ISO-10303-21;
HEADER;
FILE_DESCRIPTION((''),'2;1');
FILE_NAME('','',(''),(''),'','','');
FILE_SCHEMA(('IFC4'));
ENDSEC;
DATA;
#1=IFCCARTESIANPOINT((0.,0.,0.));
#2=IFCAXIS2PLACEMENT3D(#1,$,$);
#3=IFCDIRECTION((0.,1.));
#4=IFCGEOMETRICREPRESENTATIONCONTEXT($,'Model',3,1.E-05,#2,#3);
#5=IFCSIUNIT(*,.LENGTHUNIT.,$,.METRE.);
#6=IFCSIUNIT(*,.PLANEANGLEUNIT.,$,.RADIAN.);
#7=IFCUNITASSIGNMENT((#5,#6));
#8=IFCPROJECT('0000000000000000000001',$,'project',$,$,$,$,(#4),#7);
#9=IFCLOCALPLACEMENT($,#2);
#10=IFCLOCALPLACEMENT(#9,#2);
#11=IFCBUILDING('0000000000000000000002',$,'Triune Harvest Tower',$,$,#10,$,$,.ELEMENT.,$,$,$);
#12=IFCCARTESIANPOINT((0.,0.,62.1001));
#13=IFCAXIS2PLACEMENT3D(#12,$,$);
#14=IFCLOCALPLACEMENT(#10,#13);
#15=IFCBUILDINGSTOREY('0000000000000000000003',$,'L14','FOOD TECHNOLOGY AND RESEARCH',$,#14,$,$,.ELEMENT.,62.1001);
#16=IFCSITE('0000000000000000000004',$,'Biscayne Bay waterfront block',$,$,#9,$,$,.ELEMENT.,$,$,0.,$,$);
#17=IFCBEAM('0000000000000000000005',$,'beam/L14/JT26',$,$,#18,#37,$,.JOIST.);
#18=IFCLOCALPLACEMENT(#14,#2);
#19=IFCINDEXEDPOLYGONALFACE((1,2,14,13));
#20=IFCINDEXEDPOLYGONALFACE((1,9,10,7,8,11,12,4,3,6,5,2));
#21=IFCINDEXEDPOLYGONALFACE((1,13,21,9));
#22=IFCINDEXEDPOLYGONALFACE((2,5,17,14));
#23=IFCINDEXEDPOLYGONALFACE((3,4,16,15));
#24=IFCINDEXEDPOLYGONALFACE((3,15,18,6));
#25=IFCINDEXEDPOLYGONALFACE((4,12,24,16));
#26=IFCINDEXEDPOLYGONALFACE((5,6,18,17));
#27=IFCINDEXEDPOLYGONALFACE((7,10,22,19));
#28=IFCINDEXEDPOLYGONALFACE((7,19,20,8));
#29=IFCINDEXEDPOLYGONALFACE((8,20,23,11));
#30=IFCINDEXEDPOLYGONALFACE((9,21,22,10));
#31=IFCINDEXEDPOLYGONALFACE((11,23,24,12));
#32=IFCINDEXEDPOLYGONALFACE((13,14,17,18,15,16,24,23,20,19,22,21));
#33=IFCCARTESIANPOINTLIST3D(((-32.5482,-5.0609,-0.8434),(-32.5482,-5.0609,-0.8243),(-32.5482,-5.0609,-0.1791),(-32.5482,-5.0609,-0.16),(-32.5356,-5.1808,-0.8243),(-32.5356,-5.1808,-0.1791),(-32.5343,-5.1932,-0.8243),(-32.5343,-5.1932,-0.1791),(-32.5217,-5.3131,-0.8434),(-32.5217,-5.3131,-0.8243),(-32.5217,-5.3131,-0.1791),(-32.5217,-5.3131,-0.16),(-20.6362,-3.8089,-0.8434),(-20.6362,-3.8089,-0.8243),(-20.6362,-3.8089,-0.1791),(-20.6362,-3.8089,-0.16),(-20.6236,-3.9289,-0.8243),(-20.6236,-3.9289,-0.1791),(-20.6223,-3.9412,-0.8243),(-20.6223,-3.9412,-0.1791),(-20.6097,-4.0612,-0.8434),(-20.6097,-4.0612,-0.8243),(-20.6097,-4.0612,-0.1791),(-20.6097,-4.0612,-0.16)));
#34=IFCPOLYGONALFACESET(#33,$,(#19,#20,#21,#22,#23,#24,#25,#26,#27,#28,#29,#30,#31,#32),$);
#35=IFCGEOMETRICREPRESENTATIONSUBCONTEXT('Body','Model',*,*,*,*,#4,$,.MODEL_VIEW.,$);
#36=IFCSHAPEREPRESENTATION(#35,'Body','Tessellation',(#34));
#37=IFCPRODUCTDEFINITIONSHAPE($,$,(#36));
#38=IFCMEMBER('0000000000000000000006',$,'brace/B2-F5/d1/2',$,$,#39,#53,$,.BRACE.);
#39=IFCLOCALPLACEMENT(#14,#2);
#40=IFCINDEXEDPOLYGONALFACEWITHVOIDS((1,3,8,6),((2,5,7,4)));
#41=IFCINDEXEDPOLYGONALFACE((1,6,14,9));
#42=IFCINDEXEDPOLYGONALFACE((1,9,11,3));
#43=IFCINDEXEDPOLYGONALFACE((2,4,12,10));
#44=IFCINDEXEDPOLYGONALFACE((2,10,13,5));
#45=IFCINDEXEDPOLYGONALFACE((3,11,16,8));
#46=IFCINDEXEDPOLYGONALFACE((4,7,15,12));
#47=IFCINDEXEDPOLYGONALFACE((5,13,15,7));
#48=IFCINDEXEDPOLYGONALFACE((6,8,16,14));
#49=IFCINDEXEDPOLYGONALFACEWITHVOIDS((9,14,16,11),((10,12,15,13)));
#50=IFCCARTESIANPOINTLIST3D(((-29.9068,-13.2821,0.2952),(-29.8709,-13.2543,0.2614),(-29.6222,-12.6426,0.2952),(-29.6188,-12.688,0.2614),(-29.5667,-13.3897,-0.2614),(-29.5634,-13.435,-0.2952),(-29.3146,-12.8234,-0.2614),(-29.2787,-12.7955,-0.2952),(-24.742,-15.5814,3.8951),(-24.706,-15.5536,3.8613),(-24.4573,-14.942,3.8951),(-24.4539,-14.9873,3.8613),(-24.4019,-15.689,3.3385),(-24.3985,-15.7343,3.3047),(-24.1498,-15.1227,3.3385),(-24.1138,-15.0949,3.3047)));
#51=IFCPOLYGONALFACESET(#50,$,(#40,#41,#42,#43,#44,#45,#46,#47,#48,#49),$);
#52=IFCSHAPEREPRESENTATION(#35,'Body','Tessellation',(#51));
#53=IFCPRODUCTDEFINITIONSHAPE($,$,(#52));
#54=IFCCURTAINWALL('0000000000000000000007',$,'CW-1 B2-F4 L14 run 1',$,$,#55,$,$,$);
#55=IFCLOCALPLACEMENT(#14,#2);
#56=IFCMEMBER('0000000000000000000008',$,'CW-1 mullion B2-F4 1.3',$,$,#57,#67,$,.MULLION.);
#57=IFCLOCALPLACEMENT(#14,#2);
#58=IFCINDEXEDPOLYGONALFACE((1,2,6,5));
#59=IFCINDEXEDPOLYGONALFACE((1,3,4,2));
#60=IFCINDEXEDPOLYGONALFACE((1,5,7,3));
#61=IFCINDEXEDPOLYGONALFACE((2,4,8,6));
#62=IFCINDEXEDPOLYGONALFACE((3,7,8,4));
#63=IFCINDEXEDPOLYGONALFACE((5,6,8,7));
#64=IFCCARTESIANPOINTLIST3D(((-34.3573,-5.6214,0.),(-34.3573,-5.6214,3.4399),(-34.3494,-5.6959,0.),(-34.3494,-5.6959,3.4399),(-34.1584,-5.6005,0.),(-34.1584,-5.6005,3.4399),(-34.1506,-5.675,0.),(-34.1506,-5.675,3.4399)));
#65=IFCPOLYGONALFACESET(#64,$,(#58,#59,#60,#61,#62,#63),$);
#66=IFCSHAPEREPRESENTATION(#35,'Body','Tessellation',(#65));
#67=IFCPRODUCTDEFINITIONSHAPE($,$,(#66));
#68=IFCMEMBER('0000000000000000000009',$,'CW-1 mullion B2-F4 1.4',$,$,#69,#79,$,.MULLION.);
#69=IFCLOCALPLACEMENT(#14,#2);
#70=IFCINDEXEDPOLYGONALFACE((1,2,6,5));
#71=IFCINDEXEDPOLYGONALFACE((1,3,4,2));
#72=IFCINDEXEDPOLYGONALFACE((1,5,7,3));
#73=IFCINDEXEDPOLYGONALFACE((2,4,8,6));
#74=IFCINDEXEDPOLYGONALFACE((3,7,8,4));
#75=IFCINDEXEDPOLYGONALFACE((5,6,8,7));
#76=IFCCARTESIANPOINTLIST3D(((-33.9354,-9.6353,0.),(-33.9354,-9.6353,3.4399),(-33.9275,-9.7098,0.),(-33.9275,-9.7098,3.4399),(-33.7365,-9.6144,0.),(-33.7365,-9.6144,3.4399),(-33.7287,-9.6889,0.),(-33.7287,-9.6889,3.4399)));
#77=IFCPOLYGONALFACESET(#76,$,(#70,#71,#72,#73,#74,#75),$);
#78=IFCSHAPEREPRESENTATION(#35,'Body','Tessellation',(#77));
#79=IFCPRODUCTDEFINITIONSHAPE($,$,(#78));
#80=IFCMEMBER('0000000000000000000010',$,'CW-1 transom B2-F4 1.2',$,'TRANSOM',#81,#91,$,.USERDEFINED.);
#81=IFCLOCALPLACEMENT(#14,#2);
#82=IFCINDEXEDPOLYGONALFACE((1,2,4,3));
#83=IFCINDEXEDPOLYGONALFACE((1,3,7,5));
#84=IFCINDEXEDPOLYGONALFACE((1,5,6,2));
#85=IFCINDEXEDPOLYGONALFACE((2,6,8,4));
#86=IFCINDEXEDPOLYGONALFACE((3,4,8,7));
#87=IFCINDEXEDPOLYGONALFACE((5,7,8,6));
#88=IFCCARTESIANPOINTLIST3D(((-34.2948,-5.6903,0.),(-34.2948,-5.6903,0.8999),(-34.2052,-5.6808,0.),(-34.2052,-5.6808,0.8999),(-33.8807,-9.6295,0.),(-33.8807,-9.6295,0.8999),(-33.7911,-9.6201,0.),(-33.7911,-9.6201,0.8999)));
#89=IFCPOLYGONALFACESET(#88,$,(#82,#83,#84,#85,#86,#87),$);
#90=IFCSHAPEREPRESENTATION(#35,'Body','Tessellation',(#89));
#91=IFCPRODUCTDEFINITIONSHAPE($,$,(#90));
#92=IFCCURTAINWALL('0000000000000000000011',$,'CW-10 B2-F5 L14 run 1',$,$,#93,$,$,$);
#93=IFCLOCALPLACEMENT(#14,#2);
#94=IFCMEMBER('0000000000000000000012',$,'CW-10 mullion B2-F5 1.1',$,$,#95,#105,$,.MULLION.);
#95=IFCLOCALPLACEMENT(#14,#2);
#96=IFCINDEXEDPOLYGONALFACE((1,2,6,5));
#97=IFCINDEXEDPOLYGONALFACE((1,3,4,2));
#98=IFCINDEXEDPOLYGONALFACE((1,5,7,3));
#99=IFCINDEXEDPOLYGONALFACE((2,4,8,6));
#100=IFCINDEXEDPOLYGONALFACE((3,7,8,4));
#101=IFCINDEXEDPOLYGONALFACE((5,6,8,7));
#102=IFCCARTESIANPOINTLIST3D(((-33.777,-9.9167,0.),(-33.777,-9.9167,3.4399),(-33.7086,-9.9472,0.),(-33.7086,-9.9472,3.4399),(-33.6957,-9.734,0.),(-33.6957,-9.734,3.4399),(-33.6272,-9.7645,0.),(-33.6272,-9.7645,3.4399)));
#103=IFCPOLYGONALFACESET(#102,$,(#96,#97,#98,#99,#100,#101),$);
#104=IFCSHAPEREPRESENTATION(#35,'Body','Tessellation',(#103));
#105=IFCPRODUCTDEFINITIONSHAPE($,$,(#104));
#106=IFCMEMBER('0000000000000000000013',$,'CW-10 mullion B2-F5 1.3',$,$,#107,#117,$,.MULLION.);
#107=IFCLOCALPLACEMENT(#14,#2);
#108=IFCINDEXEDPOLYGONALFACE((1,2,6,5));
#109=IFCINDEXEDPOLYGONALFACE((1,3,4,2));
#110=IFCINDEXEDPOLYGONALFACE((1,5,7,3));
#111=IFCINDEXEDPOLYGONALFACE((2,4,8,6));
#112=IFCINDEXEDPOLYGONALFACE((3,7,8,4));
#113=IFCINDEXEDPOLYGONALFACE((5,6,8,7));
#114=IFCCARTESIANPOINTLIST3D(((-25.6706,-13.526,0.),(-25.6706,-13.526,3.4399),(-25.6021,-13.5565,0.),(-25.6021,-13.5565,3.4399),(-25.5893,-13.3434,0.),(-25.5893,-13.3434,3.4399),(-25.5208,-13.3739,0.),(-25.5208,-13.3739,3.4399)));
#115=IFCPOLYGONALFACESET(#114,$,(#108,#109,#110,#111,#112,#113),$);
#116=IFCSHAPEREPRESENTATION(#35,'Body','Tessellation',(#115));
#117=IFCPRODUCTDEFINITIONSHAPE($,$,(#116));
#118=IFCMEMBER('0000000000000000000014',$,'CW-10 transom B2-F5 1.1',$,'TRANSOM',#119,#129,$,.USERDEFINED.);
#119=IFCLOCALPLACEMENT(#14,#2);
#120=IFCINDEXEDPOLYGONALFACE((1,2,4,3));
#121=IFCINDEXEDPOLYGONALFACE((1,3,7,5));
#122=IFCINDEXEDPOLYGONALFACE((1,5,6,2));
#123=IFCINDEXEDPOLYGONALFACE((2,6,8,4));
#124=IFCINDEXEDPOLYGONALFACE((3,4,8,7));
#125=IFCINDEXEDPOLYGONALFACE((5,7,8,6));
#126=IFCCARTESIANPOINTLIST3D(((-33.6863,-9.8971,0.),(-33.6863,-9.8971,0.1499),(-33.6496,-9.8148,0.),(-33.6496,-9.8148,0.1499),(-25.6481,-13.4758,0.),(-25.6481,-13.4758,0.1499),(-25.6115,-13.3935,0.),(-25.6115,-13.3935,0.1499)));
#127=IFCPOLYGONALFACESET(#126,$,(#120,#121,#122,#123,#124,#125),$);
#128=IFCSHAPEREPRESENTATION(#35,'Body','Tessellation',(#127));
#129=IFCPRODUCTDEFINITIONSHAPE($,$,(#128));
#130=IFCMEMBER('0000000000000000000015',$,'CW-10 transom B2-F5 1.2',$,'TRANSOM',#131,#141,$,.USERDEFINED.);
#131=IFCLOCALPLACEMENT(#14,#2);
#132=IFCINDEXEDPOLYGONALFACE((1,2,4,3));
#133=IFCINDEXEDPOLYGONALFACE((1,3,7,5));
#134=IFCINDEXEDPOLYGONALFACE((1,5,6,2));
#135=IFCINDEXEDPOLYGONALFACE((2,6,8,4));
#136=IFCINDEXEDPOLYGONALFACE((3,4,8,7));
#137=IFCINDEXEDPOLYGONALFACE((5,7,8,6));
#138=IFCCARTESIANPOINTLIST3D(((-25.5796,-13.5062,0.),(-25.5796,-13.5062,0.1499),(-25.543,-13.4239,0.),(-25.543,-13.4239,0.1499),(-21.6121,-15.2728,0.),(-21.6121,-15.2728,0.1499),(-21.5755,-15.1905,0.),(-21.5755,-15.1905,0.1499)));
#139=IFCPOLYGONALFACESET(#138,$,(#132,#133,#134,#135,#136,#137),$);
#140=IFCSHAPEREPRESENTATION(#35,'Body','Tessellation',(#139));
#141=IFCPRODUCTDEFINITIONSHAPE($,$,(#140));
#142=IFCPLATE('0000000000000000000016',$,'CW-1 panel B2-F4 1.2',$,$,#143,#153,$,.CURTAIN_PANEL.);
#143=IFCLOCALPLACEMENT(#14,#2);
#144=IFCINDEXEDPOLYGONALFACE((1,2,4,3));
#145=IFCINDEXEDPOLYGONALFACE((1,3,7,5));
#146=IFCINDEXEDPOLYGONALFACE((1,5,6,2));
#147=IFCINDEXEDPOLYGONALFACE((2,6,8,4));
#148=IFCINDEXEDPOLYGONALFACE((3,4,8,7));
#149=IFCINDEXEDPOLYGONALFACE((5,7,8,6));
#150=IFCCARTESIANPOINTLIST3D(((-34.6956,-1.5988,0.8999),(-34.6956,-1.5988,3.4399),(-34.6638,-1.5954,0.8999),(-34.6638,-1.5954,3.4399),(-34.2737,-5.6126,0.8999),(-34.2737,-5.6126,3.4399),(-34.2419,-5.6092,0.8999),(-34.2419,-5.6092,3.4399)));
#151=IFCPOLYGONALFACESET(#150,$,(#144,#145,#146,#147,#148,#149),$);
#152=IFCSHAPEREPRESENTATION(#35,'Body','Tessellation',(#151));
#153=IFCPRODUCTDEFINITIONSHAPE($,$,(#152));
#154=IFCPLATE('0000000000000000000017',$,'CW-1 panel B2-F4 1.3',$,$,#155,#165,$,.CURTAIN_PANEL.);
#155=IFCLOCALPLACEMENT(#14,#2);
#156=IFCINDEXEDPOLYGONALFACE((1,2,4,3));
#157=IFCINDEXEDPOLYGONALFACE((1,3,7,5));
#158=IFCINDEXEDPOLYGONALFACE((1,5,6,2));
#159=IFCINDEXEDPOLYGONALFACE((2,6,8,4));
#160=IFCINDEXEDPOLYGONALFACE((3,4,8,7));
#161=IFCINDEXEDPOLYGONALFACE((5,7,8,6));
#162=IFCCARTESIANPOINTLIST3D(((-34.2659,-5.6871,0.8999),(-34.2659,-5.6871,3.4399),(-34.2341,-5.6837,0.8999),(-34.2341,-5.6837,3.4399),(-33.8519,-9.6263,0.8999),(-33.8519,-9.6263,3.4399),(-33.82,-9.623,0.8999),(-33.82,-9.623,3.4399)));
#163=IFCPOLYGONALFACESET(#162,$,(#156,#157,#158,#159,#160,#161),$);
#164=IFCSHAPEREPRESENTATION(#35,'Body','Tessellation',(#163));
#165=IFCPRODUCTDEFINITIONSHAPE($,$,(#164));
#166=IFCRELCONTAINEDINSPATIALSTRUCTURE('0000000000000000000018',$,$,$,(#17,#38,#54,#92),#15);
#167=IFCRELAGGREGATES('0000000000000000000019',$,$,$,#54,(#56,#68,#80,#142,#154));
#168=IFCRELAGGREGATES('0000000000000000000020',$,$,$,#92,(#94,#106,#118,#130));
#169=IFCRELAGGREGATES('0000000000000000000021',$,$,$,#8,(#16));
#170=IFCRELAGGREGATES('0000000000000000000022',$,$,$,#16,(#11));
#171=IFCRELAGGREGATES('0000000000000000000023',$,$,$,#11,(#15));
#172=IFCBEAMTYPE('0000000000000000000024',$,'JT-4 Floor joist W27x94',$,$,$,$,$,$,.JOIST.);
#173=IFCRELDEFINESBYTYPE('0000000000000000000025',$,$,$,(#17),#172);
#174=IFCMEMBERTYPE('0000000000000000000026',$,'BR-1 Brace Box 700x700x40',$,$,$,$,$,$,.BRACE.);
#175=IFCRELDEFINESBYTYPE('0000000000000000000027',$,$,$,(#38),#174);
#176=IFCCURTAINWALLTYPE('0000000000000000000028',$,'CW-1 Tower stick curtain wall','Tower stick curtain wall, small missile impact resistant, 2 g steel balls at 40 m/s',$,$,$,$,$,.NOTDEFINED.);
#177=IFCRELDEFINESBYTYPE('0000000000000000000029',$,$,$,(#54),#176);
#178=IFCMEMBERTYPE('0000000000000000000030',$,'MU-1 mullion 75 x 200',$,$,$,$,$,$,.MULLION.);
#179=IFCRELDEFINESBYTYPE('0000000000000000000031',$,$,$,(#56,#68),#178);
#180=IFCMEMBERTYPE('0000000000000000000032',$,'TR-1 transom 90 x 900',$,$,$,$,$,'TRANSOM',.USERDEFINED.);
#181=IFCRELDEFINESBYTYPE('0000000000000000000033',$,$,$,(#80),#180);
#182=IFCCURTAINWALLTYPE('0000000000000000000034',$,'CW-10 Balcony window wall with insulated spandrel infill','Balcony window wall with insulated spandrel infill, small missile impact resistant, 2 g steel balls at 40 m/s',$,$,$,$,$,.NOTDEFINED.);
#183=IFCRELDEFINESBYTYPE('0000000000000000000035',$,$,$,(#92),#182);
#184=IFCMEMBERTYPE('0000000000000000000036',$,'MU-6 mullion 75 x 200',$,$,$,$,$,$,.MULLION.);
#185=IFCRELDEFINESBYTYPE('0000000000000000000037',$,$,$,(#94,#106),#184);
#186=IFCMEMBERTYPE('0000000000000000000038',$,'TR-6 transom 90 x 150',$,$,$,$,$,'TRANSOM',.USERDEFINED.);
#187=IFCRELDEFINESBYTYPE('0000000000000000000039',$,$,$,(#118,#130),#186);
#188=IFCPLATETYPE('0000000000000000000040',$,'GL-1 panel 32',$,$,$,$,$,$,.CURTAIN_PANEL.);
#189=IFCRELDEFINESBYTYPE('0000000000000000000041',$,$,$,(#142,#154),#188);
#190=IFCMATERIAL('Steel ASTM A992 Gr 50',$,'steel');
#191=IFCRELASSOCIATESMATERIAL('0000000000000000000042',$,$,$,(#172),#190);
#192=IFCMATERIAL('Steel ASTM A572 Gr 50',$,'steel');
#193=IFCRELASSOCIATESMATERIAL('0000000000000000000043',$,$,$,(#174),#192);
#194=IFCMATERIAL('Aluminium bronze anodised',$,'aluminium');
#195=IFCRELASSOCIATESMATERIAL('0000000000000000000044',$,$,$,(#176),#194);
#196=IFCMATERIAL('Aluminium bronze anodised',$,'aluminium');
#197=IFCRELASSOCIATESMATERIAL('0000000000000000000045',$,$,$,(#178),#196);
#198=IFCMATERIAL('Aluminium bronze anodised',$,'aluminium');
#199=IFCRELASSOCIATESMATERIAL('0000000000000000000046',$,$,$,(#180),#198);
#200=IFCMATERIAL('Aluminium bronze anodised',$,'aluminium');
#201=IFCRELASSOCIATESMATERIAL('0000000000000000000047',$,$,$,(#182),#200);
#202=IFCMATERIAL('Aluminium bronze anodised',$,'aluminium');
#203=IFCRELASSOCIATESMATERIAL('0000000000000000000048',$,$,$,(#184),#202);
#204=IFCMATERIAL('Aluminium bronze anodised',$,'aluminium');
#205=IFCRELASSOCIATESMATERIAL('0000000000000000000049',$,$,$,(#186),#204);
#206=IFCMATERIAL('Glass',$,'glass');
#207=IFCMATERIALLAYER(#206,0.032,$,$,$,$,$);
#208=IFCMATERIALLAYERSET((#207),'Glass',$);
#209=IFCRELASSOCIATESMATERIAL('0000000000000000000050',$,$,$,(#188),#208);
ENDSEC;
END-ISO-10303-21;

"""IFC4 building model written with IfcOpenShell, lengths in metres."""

from ifc_helpers import new_model, si_unit, direction, frame, origin, origin_2d, place, context, subcontext, project, spatial, rectangle, hollow_rectangle, i_section, extrude, source, transform, mapped, material, layer, layer_set, material_profile, profile_set, type_object, element, aggregate, save


model = new_model("IFC4")

# Units and contexts
model_context = context("Model", 3, precision=1e-05, world=origin(), true_north=direction((0.0, 1.0)))
body_context = subcontext(model_context, "Body", "Model", "MODEL_VIEW")
ifc_project = project(units=[si_unit("LENGTHUNIT", "METRE"), si_unit("PLANEANGLEUNIT", "RADIAN")], contexts=[model_context])

# Site, building, storey
site_placement = place(None, origin())
site = spatial("IfcSite", under=ifc_project, at=site_placement, Name="Biscayne Bay waterfront block", CompositionType="ELEMENT", RefElevation=0.0)
building_placement = place(site_placement, origin())
building = spatial("IfcBuilding", under=site, at=building_placement, Name="Triune Harvest Tower", CompositionType="ELEMENT")
storey_placement = place(building_placement, frame((0.0, 0.0, 62.1001)))
storey = spatial("IfcBuildingStorey", under=building, at=storey_placement, Name="L14", Description="FOOD TECHNOLOGY AND RESEARCH", CompositionType="ELEMENT", Elevation=62.1001)

# Beam
ifc_material_1 = material(Name="Steel ASTM A992 Gr 50", Category="steel")
ifc_material_profile_1 = material_profile(ifc_material_1, i_section(OverallWidth=0.2537, OverallDepth=0.6833, WebThickness=0.0125, FlangeThickness=0.019, at=origin_2d()), Name="W27x94")
ifc_profile_set_1 = profile_set([ifc_material_profile_1], Name="Steel ASTM A992 Gr 50")
beam_type_1 = type_object("IfcBeamType", Name="JT-4 Floor joist W27x94", PredefinedType="JOIST", material=ifc_profile_set_1)
shared_shape_1 = source(origin(), body_context, "Body", "SweptSolid", [
    extrude(i_section(OverallWidth=0.2537, OverallDepth=0.6833, WebThickness=0.0125, FlangeThickness=0.019, at=origin_2d()), origin(), (0.0, 0.0, 1.0), 11.9775),
])
beam_1_placement = place(storey_placement, frame((-32.5349, -5.187, -0.5017), z_axis=(0.994522, 0.104526, 0.0), x_axis=(-0.104526, 0.994522, 0.0)))
element("IfcBeam", 1, at=beam_1_placement, inside=storey, type_object=beam_type_1, Name="beam/L14/JT26", PredefinedType="JOIST", context=body_context, shape_type="MappedRepresentation", body=[
    mapped(shared_shape_1, transform((0.0, 0.0, 0.0), scale=1.0)),
])

# Member
ifc_material_2 = material(Name="Steel ASTM A572 Gr 50", Category="steel")
ifc_material_profile_2 = material_profile(ifc_material_2, hollow_rectangle(XDim=0.7, YDim=0.7, WallThickness=0.04, at=origin_2d()), Name="Box 700x700x40")
ifc_profile_set_2 = profile_set([ifc_material_profile_2], Name="Steel ASTM A572 Gr 50")
member_type_1 = type_object("IfcMemberType", Name="BR-1 Brace Box 700x700x40", PredefinedType="BRACE", material=ifc_profile_set_2)
shared_shape_2 = source(origin(), body_context, "Body", "SweptSolid", [
    extrude(hollow_rectangle(XDim=0.7, YDim=0.7, WallThickness=0.04, at=origin_2d()), origin(), (0.0, 0.0, 1.0), 6.7024),
])
member_1_placement = place(storey_placement, frame((-29.5928, -13.0388, 0.0), z_axis=(0.7706, -0.343063, 0.537107), x_axis=(0.406707, 0.913558, 0.0)))
element("IfcMember", 2, at=member_1_placement, inside=storey, type_object=member_type_1, Name="brace/B2-F5/d1/2", PredefinedType="BRACE", context=body_context, shape_type="MappedRepresentation", body=[
    mapped(shared_shape_2, transform((0.0, 0.0, 0.0), scale=1.0)),
])

# Curtain walls, members
ifc_material_3 = material(Name="Aluminium bronze anodised", Category="aluminium")
curtain_wall_type_1 = type_object("IfcCurtainWallType", Name="CW-1 Tower stick curtain wall", Description="Tower stick curtain wall, small missile impact resistant, 2 g steel balls at 40 m/s", PredefinedType="NOTDEFINED", material=ifc_material_3)
curtain_wall_1_placement = place(storey_placement, origin())
curtain_wall_1 = element("IfcCurtainWall", 3, at=curtain_wall_1_placement, inside=storey, type_object=curtain_wall_type_1, Name="CW-1 B2-F4 L14 run 1")
ifc_material_4 = material(Name="Aluminium bronze anodised", Category="aluminium")
ifc_material_profile_3 = material_profile(ifc_material_4, rectangle(XDim=0.2, YDim=0.075, at=origin_2d()), Name="MU-1 mullion 75 x 200")
ifc_profile_set_3 = profile_set([ifc_material_profile_3], Name="Aluminium bronze anodised")
member_type_2 = type_object("IfcMemberType", Name="MU-1 mullion 75 x 200", PredefinedType="MULLION", material=ifc_profile_set_3)
shared_shape_3 = source(origin(), body_context, "Body", "SweptSolid", [
    extrude(rectangle(XDim=0.2, YDim=0.075, at=origin_2d()), origin(), (0.0, 0.0, 1.0), 3.4399),
])
member_2_placement = place(storey_placement, frame((-34.2539, -5.6482, 0.0), z_axis=(0.0, 0.0, 1.0), x_axis=(0.994522, 0.104529, 0.0)))
member_2 = element("IfcMember", 4, at=member_2_placement, type_object=member_type_2, Name="CW-1 mullion B2-F4 1.3", PredefinedType="MULLION", context=body_context, shape_type="MappedRepresentation", body=[
    mapped(shared_shape_3, transform((0.0, 0.0, 0.0), scale=1.0)),
])
member_3_placement = place(storey_placement, frame((-33.832, -9.6621, 0.0), z_axis=(0.0, 0.0, 1.0), x_axis=(0.994522, 0.104529, 0.0)))
member_3 = element("IfcMember", 5, at=member_3_placement, type_object=member_type_2, Name="CW-1 mullion B2-F4 1.4", PredefinedType="MULLION", context=body_context, shape_type="MappedRepresentation", body=[
    mapped(shared_shape_3, transform((0.0, 0.0, 0.0), scale=1.0)),
])
ifc_material_5 = material(Name="Aluminium bronze anodised", Category="aluminium")
ifc_material_profile_4 = material_profile(ifc_material_5, rectangle(XDim=0.0901, YDim=0.8999, at=origin_2d()), Name="TR-1 transom 90 x 900")
ifc_profile_set_4 = profile_set([ifc_material_profile_4], Name="Aluminium bronze anodised")
member_type_3 = type_object("IfcMemberType", Name="TR-1 transom 90 x 900", ElementType="TRANSOM", PredefinedType="USERDEFINED", material=ifc_profile_set_4)
shared_shape_4 = source(origin(), body_context, "Body", "SweptSolid", [
    extrude(rectangle(XDim=0.0901, YDim=0.8999, at=origin_2d()), origin(), (0.0, 0.0, 1.0), 3.9609),
])
member_4_placement = place(storey_placement, frame((-34.25, -5.6855, 0.45), z_axis=(0.104537, -0.994521, 0.0), x_axis=(0.994521, 0.104537, 0.0)))
member_4 = element("IfcMember", 6, at=member_4_placement, type_object=member_type_3, Name="CW-1 transom B2-F4 1.2", ObjectType="TRANSOM", PredefinedType="USERDEFINED", context=body_context, shape_type="MappedRepresentation", body=[
    mapped(shared_shape_4, transform((0.0, 0.0, 0.0), scale=1.0)),
])
ifc_material_6 = material(Name="Aluminium bronze anodised", Category="aluminium")
curtain_wall_type_2 = type_object("IfcCurtainWallType", Name="CW-10 Balcony window wall with insulated spandrel infill", Description="Balcony window wall with insulated spandrel infill, small missile impact resistant, 2 g steel balls at 40 m/s", PredefinedType="NOTDEFINED", material=ifc_material_6)
curtain_wall_2_placement = place(storey_placement, origin())
curtain_wall_2 = element("IfcCurtainWall", 7, at=curtain_wall_2_placement, inside=storey, type_object=curtain_wall_type_2, Name="CW-10 B2-F5 L14 run 1")
ifc_material_7 = material(Name="Aluminium bronze anodised", Category="aluminium")
ifc_material_profile_5 = material_profile(ifc_material_7, rectangle(XDim=0.2, YDim=0.075, at=origin_2d()), Name="MU-6 mullion 75 x 200")
ifc_profile_set_5 = profile_set([ifc_material_profile_5], Name="Aluminium bronze anodised")
member_type_4 = type_object("IfcMemberType", Name="MU-6 mullion 75 x 200", PredefinedType="MULLION", material=ifc_profile_set_5)
shared_shape_5 = source(origin(), body_context, "Body", "SweptSolid", [
    extrude(rectangle(XDim=0.2, YDim=0.075, at=origin_2d()), origin(), (0.0, 0.0, 1.0), 3.4399),
])
member_5_placement = place(storey_placement, frame((-33.7021, -9.8406, 0.0), z_axis=(0.0, 0.0, 1.0), x_axis=(0.406737, 0.913545, 0.0)))
member_5 = element("IfcMember", 8, at=member_5_placement, type_object=member_type_4, Name="CW-10 mullion B2-F5 1.1", PredefinedType="MULLION", context=body_context, shape_type="MappedRepresentation", body=[
    mapped(shared_shape_5, transform((0.0, 0.0, 0.0), scale=1.0)),
])
member_6_placement = place(storey_placement, frame((-25.5957, -13.45, 0.0), z_axis=(0.0, 0.0, 1.0), x_axis=(0.406737, 0.913545, 0.0)))
member_6 = element("IfcMember", 9, at=member_6_placement, type_object=member_type_4, Name="CW-10 mullion B2-F5 1.3", PredefinedType="MULLION", context=body_context, shape_type="MappedRepresentation", body=[
    mapped(shared_shape_5, transform((0.0, 0.0, 0.0), scale=1.0)),
])
ifc_material_8 = material(Name="Aluminium bronze anodised", Category="aluminium")
ifc_material_profile_6 = material_profile(ifc_material_8, rectangle(XDim=0.0901, YDim=0.1499, at=origin_2d()), Name="TR-6 transom 90 x 150")
ifc_profile_set_6 = profile_set([ifc_material_profile_6], Name="Aluminium bronze anodised")
member_type_5 = type_object("IfcMemberType", Name="TR-6 transom 90 x 150", ElementType="TRANSOM", PredefinedType="USERDEFINED", material=ifc_profile_set_6)
shared_shape_6 = source(origin(), body_context, "Body", "SweptSolid", [
    extrude(rectangle(XDim=0.0901, YDim=0.1499, at=origin_2d()), origin(), (0.0, 0.0, 1.0), 8.7988),
])
member_7_placement = place(storey_placement, frame((-33.668, -9.856, 0.075), z_axis=(0.913553, -0.40672, 0.0), x_axis=(0.40672, 0.913553, 0.0)))
member_7 = element("IfcMember", 10, at=member_7_placement, type_object=member_type_5, Name="CW-10 transom B2-F5 1.1", ObjectType="TRANSOM", PredefinedType="USERDEFINED", context=body_context, shape_type="MappedRepresentation", body=[
    mapped(shared_shape_6, transform((0.0, 0.0, 0.0), scale=1.0)),
])
shared_shape_7 = source(origin(), body_context, "Body", "SweptSolid", [
    extrude(rectangle(XDim=0.0901, YDim=0.1499, at=origin_2d()), origin(), (0.0, 0.0, 1.0), 4.343),
])
member_8_placement = place(storey_placement, frame((-25.5613, -13.4651, 0.075), z_axis=(0.913533, -0.406764, 0.0), x_axis=(0.406764, 0.913533, 0.0)))
member_8 = element("IfcMember", 11, at=member_8_placement, type_object=member_type_5, Name="CW-10 transom B2-F5 1.2", ObjectType="TRANSOM", PredefinedType="USERDEFINED", context=body_context, shape_type="MappedRepresentation", body=[
    mapped(shared_shape_7, transform((0.0, 0.0, 0.0), scale=1.0)),
])

# Plates
ifc_material_9 = material(Name="Glass", Category="glass")
ifc_layer_1 = layer(ifc_material_9, 0.032)
ifc_layer_set_1 = layer_set([ifc_layer_1], Name="Glass")
plate_type_1 = type_object("IfcPlateType", Name="GL-1 panel 32", PredefinedType="CURTAIN_PANEL", material=ifc_layer_set_1)
shared_shape_8 = source(origin(), body_context, "Body", "SweptSolid", [
    extrude(rectangle(XDim=4.0359, YDim=0.032, at=origin_2d()), origin(), (0.0, 0.0, 1.0), 2.54),
])
plate_1_placement = place(storey_placement, frame((-34.4688, -3.604, 0.8999), z_axis=(0.0, 0.0, 1.0), x_axis=(0.104529, -0.994522, 0.0)))
plate_1 = element("IfcPlate", 12, at=plate_1_placement, type_object=plate_type_1, Name="CW-1 panel B2-F4 1.2", PredefinedType="CURTAIN_PANEL", context=body_context, shape_type="MappedRepresentation", body=[
    mapped(shared_shape_8, transform((0.0, 0.0, 0.0), scale=1.0)),
])
shared_shape_9 = source(origin(), body_context, "Body", "SweptSolid", [
    extrude(rectangle(XDim=3.9609, YDim=0.032, at=origin_2d()), origin(), (0.0, 0.0, 1.0), 2.54),
])
plate_2_placement = place(storey_placement, frame((-34.043, -7.655, 0.8999), z_axis=(0.0, 0.0, 1.0), x_axis=(0.104529, -0.994522, 0.0)))
plate_2 = element("IfcPlate", 13, at=plate_2_placement, type_object=plate_type_1, Name="CW-1 panel B2-F4 1.3", PredefinedType="CURTAIN_PANEL", context=body_context, shape_type="MappedRepresentation", body=[
    mapped(shared_shape_9, transform((0.0, 0.0, 0.0), scale=1.0)),
])
aggregate(curtain_wall_1, [member_2, member_3, member_4, plate_1, plate_2])
aggregate(curtain_wall_2, [member_5, member_6, member_7, member_8])

save(model, "model.ifc")
